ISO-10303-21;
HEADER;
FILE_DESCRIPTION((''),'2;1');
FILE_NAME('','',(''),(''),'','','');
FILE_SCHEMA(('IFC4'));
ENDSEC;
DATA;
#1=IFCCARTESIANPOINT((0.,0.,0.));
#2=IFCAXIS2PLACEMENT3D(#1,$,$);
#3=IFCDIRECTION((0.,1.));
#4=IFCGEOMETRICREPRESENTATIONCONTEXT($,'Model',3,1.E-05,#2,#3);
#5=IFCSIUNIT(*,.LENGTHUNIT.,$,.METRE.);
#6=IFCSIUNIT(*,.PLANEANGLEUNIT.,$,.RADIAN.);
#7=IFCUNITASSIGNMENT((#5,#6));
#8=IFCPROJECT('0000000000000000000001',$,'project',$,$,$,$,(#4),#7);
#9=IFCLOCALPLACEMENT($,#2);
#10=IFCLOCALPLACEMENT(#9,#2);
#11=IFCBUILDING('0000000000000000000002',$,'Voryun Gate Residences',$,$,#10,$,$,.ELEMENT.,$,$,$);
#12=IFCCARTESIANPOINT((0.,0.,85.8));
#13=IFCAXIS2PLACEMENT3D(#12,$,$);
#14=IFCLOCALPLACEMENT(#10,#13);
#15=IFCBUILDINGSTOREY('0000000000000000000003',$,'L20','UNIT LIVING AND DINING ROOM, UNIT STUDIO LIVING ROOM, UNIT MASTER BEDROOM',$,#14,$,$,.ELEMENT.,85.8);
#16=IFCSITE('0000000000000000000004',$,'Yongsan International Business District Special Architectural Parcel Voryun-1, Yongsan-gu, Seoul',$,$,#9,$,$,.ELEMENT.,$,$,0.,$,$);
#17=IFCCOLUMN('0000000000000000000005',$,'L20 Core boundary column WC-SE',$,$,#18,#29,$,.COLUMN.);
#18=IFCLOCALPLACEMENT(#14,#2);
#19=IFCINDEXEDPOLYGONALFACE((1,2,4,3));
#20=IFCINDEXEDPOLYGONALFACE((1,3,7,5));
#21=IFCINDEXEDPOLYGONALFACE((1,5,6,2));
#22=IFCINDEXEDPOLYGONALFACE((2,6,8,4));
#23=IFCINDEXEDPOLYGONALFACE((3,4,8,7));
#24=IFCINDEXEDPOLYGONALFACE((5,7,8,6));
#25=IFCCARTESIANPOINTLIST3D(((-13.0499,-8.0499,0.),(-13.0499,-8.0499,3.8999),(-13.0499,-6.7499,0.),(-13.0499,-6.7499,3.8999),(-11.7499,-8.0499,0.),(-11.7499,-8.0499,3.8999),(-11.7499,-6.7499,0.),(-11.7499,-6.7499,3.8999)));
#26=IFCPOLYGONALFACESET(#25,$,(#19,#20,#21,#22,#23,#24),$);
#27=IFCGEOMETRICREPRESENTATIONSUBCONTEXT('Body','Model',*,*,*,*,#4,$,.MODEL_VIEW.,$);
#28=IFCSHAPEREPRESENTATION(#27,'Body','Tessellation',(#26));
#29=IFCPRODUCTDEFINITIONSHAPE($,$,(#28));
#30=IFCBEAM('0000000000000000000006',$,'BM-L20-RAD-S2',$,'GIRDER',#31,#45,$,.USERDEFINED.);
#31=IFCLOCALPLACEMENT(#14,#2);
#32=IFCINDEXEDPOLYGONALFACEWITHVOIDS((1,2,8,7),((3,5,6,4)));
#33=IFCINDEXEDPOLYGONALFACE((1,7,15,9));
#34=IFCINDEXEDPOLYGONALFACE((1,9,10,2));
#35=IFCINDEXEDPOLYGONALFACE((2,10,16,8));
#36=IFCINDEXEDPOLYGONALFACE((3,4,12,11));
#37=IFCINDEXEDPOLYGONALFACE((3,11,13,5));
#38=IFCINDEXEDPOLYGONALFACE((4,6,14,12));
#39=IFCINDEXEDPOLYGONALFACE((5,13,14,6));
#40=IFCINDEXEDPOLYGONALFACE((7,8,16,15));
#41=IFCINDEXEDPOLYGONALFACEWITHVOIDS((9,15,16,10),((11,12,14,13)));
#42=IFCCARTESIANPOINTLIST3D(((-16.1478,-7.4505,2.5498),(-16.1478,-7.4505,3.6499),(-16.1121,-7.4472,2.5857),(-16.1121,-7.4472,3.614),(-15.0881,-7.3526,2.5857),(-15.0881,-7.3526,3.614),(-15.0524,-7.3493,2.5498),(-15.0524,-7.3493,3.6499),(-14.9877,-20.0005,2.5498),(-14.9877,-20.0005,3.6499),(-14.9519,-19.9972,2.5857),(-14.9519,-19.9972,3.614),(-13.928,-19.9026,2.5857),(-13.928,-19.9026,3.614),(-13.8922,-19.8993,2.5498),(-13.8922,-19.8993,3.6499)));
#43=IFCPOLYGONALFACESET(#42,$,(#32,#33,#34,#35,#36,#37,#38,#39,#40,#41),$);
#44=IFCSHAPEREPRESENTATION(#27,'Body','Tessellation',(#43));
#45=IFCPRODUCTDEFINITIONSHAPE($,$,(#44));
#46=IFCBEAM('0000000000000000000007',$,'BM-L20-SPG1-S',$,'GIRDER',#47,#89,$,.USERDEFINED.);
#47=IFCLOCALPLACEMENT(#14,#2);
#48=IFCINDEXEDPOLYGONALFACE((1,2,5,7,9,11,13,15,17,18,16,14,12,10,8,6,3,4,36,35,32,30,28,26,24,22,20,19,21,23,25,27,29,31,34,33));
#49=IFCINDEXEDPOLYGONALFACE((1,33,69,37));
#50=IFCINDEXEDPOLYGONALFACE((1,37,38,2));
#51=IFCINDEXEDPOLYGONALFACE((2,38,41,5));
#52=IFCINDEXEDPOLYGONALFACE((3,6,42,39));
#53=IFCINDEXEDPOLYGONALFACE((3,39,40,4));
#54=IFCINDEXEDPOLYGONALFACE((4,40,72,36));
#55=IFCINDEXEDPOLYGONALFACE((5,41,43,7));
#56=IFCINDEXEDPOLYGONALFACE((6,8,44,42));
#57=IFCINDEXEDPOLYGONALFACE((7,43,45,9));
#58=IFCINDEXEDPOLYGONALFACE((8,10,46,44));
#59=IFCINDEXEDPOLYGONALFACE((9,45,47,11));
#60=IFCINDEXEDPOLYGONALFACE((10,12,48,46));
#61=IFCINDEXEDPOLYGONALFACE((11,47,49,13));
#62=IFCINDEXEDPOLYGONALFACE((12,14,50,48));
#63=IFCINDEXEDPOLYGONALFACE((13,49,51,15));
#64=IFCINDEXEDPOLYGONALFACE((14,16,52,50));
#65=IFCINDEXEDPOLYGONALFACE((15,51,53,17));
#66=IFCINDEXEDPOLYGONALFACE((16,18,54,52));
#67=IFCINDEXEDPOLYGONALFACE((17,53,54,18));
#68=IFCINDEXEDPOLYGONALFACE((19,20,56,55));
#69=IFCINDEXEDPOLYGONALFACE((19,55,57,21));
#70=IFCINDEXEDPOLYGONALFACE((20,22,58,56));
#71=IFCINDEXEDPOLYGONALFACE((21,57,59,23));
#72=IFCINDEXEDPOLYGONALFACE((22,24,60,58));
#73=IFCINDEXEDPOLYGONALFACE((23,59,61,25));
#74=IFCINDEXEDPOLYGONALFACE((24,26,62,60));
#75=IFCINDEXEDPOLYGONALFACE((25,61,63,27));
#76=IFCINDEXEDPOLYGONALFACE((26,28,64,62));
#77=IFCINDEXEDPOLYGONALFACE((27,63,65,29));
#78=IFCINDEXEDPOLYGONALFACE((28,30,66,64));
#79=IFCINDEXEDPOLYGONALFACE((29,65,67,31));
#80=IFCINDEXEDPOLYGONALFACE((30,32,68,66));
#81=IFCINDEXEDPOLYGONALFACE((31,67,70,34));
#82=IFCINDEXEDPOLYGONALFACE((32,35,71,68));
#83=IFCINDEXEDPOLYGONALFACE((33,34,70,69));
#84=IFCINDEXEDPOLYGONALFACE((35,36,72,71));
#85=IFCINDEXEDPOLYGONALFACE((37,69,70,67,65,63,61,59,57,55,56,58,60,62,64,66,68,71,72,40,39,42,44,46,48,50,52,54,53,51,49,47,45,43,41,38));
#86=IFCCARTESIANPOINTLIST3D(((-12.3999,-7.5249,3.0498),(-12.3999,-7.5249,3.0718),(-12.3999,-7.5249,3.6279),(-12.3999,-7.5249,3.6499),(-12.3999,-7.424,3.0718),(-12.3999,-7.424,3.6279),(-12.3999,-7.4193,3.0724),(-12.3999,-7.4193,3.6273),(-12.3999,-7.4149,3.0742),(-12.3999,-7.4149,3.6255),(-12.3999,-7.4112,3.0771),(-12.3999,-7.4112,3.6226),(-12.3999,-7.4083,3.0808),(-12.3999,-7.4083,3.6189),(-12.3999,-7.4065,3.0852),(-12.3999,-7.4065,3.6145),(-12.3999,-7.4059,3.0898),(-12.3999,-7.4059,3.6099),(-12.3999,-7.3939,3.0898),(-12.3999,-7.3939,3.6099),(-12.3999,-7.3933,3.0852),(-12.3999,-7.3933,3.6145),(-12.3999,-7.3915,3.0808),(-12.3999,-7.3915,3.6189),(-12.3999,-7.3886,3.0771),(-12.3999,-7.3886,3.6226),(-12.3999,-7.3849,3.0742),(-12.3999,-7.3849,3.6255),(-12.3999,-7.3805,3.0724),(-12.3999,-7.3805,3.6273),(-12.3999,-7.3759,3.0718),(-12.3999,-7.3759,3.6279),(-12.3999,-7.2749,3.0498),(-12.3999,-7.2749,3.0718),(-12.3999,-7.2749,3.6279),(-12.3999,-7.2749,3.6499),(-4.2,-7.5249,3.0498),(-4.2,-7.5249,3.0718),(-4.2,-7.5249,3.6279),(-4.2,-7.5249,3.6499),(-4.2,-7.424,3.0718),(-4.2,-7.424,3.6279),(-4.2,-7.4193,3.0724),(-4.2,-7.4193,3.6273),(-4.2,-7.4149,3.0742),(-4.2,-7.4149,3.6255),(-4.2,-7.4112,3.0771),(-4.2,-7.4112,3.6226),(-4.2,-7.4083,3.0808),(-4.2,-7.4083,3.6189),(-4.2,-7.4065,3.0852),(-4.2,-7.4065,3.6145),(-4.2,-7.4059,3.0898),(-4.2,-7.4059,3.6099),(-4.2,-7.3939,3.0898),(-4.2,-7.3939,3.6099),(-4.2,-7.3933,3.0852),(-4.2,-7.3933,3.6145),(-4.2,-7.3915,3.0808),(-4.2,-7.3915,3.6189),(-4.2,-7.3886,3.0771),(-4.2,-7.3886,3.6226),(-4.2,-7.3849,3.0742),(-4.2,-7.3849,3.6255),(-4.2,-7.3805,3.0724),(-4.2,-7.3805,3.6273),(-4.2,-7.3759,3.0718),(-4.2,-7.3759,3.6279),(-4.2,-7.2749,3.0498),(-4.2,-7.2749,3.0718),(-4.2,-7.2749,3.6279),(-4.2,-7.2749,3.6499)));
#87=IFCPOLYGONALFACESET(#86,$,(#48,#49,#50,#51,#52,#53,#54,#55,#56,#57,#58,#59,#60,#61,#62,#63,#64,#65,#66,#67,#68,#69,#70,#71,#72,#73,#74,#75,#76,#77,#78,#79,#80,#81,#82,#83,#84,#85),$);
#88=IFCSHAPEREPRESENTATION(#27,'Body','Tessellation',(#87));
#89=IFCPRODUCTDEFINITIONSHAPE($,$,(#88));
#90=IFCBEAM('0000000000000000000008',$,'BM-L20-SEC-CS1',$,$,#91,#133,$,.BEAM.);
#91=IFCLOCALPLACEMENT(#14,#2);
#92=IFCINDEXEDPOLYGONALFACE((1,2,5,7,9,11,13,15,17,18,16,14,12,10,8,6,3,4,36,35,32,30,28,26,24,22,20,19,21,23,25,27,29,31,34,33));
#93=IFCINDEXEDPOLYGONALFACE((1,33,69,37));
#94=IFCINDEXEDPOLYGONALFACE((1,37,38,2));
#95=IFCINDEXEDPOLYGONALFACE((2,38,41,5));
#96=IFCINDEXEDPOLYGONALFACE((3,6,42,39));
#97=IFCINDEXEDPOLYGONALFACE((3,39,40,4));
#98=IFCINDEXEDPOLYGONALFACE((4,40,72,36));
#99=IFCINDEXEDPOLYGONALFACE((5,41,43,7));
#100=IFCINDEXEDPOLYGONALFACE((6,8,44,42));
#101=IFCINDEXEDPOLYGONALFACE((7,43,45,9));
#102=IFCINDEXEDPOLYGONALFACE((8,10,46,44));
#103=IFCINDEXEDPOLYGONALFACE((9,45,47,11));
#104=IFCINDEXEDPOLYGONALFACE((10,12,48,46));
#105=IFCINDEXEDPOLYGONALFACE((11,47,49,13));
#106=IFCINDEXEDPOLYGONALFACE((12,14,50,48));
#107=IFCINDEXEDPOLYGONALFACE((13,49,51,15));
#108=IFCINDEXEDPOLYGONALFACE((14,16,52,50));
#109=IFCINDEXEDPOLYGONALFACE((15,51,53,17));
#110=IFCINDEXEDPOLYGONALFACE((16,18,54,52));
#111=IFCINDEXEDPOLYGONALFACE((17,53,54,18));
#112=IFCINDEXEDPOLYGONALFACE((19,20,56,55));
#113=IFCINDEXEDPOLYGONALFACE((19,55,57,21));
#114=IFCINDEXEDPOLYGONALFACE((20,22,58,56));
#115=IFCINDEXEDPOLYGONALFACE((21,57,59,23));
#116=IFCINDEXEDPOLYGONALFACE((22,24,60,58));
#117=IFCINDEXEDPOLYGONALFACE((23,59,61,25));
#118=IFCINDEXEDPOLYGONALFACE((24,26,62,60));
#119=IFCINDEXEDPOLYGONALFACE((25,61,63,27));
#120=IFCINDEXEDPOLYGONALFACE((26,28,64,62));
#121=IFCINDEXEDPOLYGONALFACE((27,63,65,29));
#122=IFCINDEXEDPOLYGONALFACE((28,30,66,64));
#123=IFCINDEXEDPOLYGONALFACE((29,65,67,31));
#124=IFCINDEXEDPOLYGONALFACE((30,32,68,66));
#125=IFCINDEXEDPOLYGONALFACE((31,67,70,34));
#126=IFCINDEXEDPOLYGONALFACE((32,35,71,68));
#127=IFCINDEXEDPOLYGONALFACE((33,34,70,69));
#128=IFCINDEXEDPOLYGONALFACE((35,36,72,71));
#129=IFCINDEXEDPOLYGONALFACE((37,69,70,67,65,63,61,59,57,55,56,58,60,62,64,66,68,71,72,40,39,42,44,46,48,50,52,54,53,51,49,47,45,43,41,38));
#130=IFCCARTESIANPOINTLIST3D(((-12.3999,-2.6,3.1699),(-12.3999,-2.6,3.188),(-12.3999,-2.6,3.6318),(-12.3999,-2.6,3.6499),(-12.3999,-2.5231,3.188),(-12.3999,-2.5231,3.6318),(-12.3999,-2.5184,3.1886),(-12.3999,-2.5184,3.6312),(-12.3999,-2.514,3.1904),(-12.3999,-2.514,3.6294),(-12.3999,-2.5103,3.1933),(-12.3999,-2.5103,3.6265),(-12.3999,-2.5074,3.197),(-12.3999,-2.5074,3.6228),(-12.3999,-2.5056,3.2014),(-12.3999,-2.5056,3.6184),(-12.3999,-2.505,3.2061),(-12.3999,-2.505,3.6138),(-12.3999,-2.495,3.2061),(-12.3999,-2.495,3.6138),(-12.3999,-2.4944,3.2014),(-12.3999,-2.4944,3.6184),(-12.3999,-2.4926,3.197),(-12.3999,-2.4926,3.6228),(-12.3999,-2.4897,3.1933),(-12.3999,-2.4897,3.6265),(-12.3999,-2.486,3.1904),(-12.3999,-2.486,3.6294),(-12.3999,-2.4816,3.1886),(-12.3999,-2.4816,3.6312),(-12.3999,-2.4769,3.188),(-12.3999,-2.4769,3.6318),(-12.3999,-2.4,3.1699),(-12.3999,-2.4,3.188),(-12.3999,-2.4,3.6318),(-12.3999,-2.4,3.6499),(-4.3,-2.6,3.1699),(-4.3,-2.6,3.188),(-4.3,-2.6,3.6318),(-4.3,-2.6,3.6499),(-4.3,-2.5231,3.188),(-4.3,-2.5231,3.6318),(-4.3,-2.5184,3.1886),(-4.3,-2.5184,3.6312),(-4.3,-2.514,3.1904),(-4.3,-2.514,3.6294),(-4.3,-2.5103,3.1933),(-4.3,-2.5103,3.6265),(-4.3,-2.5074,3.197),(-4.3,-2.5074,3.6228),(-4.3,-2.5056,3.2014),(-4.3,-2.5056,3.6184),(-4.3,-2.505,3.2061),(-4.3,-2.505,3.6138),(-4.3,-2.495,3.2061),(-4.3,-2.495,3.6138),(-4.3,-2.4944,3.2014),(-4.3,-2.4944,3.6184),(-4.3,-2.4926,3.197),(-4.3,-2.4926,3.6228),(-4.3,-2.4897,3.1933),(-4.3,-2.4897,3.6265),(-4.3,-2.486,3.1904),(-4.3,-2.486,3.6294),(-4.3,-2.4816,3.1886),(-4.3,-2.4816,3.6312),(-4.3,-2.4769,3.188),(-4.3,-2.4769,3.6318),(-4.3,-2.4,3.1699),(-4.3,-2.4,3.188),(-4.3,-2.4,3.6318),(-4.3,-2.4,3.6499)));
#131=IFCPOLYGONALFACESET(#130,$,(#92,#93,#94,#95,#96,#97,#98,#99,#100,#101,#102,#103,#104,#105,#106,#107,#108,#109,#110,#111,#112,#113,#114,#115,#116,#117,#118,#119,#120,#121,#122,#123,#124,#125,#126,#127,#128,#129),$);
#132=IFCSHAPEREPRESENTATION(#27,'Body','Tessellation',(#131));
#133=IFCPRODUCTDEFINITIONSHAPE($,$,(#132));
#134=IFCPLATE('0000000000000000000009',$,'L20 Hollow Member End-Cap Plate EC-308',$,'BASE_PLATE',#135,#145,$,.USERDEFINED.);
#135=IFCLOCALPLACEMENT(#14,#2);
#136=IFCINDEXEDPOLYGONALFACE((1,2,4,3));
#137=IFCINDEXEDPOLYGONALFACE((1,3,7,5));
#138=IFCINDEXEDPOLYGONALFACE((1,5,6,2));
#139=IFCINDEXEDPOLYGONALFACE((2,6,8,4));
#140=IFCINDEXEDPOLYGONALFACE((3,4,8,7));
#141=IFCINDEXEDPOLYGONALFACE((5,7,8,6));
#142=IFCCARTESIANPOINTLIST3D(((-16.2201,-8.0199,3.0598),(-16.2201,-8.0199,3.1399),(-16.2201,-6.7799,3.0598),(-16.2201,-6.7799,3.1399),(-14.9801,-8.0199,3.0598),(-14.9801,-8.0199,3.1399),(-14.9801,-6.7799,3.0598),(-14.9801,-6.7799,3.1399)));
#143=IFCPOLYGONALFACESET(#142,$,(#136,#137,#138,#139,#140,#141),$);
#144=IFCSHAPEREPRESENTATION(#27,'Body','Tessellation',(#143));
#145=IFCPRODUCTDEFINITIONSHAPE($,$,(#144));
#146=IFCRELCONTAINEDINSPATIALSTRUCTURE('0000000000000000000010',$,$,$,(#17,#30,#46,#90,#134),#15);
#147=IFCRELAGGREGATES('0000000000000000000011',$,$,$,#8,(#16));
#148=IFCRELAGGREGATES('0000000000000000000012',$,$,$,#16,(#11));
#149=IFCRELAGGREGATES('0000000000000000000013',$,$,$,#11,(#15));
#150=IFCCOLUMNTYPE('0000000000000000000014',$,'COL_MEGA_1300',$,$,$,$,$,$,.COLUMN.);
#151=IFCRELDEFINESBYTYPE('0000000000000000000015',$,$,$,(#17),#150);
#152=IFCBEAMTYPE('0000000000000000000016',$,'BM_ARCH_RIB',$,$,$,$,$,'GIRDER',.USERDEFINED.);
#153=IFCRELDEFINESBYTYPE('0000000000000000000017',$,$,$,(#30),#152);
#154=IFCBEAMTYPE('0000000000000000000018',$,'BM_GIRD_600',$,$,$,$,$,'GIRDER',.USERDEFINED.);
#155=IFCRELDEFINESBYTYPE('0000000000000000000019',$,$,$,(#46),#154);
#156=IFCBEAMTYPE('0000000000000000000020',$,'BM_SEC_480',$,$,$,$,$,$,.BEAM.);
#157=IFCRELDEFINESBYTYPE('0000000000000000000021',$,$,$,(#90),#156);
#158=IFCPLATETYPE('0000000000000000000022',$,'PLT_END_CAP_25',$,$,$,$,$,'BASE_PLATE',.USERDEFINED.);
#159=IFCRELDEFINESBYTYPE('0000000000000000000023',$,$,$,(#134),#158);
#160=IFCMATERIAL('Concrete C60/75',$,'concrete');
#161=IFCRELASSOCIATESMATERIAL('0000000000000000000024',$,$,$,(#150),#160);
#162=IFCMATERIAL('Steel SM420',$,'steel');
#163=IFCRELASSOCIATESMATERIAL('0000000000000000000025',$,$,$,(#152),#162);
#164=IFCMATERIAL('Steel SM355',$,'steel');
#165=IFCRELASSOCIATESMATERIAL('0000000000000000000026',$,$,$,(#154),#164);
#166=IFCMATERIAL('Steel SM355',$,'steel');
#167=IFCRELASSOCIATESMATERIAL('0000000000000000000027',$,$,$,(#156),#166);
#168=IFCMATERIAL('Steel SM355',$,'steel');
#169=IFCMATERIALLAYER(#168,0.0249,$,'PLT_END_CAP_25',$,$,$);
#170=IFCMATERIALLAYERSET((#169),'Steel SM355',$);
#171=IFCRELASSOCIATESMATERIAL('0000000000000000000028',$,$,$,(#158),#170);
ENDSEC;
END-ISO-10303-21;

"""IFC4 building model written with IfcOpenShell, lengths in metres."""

from ifc_helpers import new_model, si_unit, direction, frame, origin, origin_2d, place, context, subcontext, project, spatial, rectangle, hollow_rectangle, i_section, extrude, material, layer, layer_set, material_profile, profile_set, type_object, element, save


model = new_model("IFC4")

# Units and contexts
model_context = context("Model", 3, precision=1e-05, world=origin(), true_north=direction((0.0, 1.0)))
body_context = subcontext(model_context, "Body", "Model", "MODEL_VIEW")
ifc_project = project(units=[si_unit("LENGTHUNIT", "METRE"), si_unit("PLANEANGLEUNIT", "RADIAN")], contexts=[model_context])

# Site, building, storey
site_placement = place(None, origin())
site = spatial("IfcSite", under=ifc_project, at=site_placement, Name="Yongsan International Business District Special Architectural Parcel Voryun-1, Yongsan-gu, Seoul", CompositionType="ELEMENT", RefElevation=0.0)
building_placement = place(site_placement, origin())
building = spatial("IfcBuilding", under=site, at=building_placement, Name="Voryun Gate Residences", CompositionType="ELEMENT")
storey_placement = place(building_placement, frame((0.0, 0.0, 85.8)))
storey = spatial("IfcBuildingStorey", under=building, at=storey_placement, Name="L20", Description="UNIT LIVING AND DINING ROOM, UNIT STUDIO LIVING ROOM, UNIT MASTER BEDROOM", CompositionType="ELEMENT", Elevation=85.8)

# Column
ifc_material_1 = material(Name="Concrete C60/75", Category="concrete")
ifc_material_profile_1 = material_profile(ifc_material_1, rectangle(XDim=1.3, YDim=1.3, at=origin_2d()), Name="RC-1300x1300")
ifc_profile_set_1 = profile_set([ifc_material_profile_1], Name="Concrete C60/75")
column_type = type_object("IfcColumnType", Name="COL_MEGA_1300", PredefinedType="COLUMN", material=ifc_profile_set_1)
column_placement = place(storey_placement, frame((-12.3999, -7.3999, 0.0), z_axis=(0.0, 0.0, 1.0), x_axis=(1.0, 0.0, 0.0)))
element("IfcColumn", 1, at=column_placement, inside=storey, type_object=column_type, Name="L20 Core boundary column WC-SE", PredefinedType="COLUMN", context=body_context, shape_type="SweptSolid", body=[
    extrude(rectangle(XDim=1.3, YDim=1.3, at=origin_2d()), origin(), (0.0, 0.0, 1.0), 3.8999),
])

# Beams
ifc_material_2 = material(Name="Steel SM420", Category="steel")
ifc_material_profile_2 = material_profile(ifc_material_2, hollow_rectangle(XDim=1.1001, YDim=1.1001, WallThickness=0.0359, at=origin_2d()), Name="BOX-1100x1100x36")
ifc_profile_set_2 = profile_set([ifc_material_profile_2], Name="Steel SM420")
beam_type_1 = type_object("IfcBeamType", Name="BM_ARCH_RIB", ElementType="GIRDER", PredefinedType="USERDEFINED", material=ifc_profile_set_2)
beam_1_placement = place(storey_placement, frame((-15.6001, -7.3999, 3.0999), z_axis=(0.09205, -0.995754, 0.0), x_axis=(0.995754, 0.09205, 0.0)))
element("IfcBeam", 2, at=beam_1_placement, inside=storey, type_object=beam_type_1, Name="BM-L20-RAD-S2", ObjectType="GIRDER", PredefinedType="USERDEFINED", context=body_context, shape_type="SweptSolid", body=[
    extrude(hollow_rectangle(XDim=1.1001, YDim=1.1001, WallThickness=0.0359, at=origin_2d()), origin(), (0.0, 0.0, 1.0), 12.6035),
])
ifc_material_3 = material(Name="Steel SM355", Category="steel")
ifc_material_profile_3 = material_profile(ifc_material_3, i_section(OverallWidth=0.25, OverallDepth=0.6001, WebThickness=0.012, FlangeThickness=0.022, FilletRadius=0.0181, at=origin_2d()), Name="H-600x250x12x22")
ifc_profile_set_3 = profile_set([ifc_material_profile_3], Name="Steel SM355")
beam_type_2 = type_object("IfcBeamType", Name="BM_GIRD_600", ElementType="GIRDER", PredefinedType="USERDEFINED", material=ifc_profile_set_3)
beam_2_placement = place(storey_placement, frame((-12.3999, -7.3999, 3.3499), z_axis=(1.0, 0.0, 0.0), x_axis=(0.0, 1.0, 0.0)))
element("IfcBeam", 3, at=beam_2_placement, inside=storey, type_object=beam_type_2, Name="BM-L20-SPG1-S", ObjectType="GIRDER", PredefinedType="USERDEFINED", context=body_context, shape_type="SweptSolid", body=[
    extrude(i_section(OverallWidth=0.25, OverallDepth=0.6001, WebThickness=0.012, FlangeThickness=0.022, FilletRadius=0.0181, at=origin_2d()), origin(), (0.0, 0.0, 1.0), 8.2),
])
ifc_material_4 = material(Name="Steel SM355", Category="steel")
ifc_material_profile_4 = material_profile(ifc_material_4, i_section(OverallWidth=0.2, OverallDepth=0.48, WebThickness=0.01, FlangeThickness=0.0181, FilletRadius=0.0181, at=origin_2d()), Name="H-480x200x10x18")
ifc_profile_set_4 = profile_set([ifc_material_profile_4], Name="Steel SM355")
beam_type_3 = type_object("IfcBeamType", Name="BM_SEC_480", PredefinedType="BEAM", material=ifc_profile_set_4)
beam_3_placement = place(storey_placement, frame((-12.3999, -2.5, 3.4099), z_axis=(1.0, 0.0, 0.0), x_axis=(0.0, 1.0, 0.0)))
element("IfcBeam", 4, at=beam_3_placement, inside=storey, type_object=beam_type_3, Name="BM-L20-SEC-CS1", PredefinedType="BEAM", context=body_context, shape_type="SweptSolid", body=[
    extrude(i_section(OverallWidth=0.2, OverallDepth=0.48, WebThickness=0.01, FlangeThickness=0.0181, FilletRadius=0.0181, at=origin_2d()), origin(), (0.0, 0.0, 1.0), 8.0999),
])

# Plate
ifc_material_5 = material(Name="Steel SM355", Category="steel")
ifc_layer_1 = layer(ifc_material_5, 0.0249, Name="PLT_END_CAP_25")
ifc_layer_set_1 = layer_set([ifc_layer_1], Name="Steel SM355")
plate_type = type_object("IfcPlateType", Name="PLT_END_CAP_25", ElementType="BASE_PLATE", PredefinedType="USERDEFINED", material=ifc_layer_set_1)
plate_placement = place(storey_placement, frame((-15.6001, -7.3999, 3.0598), z_axis=(0.0, 0.0, 1.0), x_axis=(1.0, 0.0, 0.0)))
element("IfcPlate", 5, at=plate_placement, inside=storey, type_object=plate_type, Name="L20 Hollow Member End-Cap Plate EC-308", ObjectType="BASE_PLATE", PredefinedType="USERDEFINED", context=body_context, shape_type="SweptSolid", body=[
    extrude(rectangle(XDim=1.24, YDim=1.24, at=origin_2d()), origin(), (0.0, 0.0, 1.0), 0.0801),
])

save(model, "model.ifc")
